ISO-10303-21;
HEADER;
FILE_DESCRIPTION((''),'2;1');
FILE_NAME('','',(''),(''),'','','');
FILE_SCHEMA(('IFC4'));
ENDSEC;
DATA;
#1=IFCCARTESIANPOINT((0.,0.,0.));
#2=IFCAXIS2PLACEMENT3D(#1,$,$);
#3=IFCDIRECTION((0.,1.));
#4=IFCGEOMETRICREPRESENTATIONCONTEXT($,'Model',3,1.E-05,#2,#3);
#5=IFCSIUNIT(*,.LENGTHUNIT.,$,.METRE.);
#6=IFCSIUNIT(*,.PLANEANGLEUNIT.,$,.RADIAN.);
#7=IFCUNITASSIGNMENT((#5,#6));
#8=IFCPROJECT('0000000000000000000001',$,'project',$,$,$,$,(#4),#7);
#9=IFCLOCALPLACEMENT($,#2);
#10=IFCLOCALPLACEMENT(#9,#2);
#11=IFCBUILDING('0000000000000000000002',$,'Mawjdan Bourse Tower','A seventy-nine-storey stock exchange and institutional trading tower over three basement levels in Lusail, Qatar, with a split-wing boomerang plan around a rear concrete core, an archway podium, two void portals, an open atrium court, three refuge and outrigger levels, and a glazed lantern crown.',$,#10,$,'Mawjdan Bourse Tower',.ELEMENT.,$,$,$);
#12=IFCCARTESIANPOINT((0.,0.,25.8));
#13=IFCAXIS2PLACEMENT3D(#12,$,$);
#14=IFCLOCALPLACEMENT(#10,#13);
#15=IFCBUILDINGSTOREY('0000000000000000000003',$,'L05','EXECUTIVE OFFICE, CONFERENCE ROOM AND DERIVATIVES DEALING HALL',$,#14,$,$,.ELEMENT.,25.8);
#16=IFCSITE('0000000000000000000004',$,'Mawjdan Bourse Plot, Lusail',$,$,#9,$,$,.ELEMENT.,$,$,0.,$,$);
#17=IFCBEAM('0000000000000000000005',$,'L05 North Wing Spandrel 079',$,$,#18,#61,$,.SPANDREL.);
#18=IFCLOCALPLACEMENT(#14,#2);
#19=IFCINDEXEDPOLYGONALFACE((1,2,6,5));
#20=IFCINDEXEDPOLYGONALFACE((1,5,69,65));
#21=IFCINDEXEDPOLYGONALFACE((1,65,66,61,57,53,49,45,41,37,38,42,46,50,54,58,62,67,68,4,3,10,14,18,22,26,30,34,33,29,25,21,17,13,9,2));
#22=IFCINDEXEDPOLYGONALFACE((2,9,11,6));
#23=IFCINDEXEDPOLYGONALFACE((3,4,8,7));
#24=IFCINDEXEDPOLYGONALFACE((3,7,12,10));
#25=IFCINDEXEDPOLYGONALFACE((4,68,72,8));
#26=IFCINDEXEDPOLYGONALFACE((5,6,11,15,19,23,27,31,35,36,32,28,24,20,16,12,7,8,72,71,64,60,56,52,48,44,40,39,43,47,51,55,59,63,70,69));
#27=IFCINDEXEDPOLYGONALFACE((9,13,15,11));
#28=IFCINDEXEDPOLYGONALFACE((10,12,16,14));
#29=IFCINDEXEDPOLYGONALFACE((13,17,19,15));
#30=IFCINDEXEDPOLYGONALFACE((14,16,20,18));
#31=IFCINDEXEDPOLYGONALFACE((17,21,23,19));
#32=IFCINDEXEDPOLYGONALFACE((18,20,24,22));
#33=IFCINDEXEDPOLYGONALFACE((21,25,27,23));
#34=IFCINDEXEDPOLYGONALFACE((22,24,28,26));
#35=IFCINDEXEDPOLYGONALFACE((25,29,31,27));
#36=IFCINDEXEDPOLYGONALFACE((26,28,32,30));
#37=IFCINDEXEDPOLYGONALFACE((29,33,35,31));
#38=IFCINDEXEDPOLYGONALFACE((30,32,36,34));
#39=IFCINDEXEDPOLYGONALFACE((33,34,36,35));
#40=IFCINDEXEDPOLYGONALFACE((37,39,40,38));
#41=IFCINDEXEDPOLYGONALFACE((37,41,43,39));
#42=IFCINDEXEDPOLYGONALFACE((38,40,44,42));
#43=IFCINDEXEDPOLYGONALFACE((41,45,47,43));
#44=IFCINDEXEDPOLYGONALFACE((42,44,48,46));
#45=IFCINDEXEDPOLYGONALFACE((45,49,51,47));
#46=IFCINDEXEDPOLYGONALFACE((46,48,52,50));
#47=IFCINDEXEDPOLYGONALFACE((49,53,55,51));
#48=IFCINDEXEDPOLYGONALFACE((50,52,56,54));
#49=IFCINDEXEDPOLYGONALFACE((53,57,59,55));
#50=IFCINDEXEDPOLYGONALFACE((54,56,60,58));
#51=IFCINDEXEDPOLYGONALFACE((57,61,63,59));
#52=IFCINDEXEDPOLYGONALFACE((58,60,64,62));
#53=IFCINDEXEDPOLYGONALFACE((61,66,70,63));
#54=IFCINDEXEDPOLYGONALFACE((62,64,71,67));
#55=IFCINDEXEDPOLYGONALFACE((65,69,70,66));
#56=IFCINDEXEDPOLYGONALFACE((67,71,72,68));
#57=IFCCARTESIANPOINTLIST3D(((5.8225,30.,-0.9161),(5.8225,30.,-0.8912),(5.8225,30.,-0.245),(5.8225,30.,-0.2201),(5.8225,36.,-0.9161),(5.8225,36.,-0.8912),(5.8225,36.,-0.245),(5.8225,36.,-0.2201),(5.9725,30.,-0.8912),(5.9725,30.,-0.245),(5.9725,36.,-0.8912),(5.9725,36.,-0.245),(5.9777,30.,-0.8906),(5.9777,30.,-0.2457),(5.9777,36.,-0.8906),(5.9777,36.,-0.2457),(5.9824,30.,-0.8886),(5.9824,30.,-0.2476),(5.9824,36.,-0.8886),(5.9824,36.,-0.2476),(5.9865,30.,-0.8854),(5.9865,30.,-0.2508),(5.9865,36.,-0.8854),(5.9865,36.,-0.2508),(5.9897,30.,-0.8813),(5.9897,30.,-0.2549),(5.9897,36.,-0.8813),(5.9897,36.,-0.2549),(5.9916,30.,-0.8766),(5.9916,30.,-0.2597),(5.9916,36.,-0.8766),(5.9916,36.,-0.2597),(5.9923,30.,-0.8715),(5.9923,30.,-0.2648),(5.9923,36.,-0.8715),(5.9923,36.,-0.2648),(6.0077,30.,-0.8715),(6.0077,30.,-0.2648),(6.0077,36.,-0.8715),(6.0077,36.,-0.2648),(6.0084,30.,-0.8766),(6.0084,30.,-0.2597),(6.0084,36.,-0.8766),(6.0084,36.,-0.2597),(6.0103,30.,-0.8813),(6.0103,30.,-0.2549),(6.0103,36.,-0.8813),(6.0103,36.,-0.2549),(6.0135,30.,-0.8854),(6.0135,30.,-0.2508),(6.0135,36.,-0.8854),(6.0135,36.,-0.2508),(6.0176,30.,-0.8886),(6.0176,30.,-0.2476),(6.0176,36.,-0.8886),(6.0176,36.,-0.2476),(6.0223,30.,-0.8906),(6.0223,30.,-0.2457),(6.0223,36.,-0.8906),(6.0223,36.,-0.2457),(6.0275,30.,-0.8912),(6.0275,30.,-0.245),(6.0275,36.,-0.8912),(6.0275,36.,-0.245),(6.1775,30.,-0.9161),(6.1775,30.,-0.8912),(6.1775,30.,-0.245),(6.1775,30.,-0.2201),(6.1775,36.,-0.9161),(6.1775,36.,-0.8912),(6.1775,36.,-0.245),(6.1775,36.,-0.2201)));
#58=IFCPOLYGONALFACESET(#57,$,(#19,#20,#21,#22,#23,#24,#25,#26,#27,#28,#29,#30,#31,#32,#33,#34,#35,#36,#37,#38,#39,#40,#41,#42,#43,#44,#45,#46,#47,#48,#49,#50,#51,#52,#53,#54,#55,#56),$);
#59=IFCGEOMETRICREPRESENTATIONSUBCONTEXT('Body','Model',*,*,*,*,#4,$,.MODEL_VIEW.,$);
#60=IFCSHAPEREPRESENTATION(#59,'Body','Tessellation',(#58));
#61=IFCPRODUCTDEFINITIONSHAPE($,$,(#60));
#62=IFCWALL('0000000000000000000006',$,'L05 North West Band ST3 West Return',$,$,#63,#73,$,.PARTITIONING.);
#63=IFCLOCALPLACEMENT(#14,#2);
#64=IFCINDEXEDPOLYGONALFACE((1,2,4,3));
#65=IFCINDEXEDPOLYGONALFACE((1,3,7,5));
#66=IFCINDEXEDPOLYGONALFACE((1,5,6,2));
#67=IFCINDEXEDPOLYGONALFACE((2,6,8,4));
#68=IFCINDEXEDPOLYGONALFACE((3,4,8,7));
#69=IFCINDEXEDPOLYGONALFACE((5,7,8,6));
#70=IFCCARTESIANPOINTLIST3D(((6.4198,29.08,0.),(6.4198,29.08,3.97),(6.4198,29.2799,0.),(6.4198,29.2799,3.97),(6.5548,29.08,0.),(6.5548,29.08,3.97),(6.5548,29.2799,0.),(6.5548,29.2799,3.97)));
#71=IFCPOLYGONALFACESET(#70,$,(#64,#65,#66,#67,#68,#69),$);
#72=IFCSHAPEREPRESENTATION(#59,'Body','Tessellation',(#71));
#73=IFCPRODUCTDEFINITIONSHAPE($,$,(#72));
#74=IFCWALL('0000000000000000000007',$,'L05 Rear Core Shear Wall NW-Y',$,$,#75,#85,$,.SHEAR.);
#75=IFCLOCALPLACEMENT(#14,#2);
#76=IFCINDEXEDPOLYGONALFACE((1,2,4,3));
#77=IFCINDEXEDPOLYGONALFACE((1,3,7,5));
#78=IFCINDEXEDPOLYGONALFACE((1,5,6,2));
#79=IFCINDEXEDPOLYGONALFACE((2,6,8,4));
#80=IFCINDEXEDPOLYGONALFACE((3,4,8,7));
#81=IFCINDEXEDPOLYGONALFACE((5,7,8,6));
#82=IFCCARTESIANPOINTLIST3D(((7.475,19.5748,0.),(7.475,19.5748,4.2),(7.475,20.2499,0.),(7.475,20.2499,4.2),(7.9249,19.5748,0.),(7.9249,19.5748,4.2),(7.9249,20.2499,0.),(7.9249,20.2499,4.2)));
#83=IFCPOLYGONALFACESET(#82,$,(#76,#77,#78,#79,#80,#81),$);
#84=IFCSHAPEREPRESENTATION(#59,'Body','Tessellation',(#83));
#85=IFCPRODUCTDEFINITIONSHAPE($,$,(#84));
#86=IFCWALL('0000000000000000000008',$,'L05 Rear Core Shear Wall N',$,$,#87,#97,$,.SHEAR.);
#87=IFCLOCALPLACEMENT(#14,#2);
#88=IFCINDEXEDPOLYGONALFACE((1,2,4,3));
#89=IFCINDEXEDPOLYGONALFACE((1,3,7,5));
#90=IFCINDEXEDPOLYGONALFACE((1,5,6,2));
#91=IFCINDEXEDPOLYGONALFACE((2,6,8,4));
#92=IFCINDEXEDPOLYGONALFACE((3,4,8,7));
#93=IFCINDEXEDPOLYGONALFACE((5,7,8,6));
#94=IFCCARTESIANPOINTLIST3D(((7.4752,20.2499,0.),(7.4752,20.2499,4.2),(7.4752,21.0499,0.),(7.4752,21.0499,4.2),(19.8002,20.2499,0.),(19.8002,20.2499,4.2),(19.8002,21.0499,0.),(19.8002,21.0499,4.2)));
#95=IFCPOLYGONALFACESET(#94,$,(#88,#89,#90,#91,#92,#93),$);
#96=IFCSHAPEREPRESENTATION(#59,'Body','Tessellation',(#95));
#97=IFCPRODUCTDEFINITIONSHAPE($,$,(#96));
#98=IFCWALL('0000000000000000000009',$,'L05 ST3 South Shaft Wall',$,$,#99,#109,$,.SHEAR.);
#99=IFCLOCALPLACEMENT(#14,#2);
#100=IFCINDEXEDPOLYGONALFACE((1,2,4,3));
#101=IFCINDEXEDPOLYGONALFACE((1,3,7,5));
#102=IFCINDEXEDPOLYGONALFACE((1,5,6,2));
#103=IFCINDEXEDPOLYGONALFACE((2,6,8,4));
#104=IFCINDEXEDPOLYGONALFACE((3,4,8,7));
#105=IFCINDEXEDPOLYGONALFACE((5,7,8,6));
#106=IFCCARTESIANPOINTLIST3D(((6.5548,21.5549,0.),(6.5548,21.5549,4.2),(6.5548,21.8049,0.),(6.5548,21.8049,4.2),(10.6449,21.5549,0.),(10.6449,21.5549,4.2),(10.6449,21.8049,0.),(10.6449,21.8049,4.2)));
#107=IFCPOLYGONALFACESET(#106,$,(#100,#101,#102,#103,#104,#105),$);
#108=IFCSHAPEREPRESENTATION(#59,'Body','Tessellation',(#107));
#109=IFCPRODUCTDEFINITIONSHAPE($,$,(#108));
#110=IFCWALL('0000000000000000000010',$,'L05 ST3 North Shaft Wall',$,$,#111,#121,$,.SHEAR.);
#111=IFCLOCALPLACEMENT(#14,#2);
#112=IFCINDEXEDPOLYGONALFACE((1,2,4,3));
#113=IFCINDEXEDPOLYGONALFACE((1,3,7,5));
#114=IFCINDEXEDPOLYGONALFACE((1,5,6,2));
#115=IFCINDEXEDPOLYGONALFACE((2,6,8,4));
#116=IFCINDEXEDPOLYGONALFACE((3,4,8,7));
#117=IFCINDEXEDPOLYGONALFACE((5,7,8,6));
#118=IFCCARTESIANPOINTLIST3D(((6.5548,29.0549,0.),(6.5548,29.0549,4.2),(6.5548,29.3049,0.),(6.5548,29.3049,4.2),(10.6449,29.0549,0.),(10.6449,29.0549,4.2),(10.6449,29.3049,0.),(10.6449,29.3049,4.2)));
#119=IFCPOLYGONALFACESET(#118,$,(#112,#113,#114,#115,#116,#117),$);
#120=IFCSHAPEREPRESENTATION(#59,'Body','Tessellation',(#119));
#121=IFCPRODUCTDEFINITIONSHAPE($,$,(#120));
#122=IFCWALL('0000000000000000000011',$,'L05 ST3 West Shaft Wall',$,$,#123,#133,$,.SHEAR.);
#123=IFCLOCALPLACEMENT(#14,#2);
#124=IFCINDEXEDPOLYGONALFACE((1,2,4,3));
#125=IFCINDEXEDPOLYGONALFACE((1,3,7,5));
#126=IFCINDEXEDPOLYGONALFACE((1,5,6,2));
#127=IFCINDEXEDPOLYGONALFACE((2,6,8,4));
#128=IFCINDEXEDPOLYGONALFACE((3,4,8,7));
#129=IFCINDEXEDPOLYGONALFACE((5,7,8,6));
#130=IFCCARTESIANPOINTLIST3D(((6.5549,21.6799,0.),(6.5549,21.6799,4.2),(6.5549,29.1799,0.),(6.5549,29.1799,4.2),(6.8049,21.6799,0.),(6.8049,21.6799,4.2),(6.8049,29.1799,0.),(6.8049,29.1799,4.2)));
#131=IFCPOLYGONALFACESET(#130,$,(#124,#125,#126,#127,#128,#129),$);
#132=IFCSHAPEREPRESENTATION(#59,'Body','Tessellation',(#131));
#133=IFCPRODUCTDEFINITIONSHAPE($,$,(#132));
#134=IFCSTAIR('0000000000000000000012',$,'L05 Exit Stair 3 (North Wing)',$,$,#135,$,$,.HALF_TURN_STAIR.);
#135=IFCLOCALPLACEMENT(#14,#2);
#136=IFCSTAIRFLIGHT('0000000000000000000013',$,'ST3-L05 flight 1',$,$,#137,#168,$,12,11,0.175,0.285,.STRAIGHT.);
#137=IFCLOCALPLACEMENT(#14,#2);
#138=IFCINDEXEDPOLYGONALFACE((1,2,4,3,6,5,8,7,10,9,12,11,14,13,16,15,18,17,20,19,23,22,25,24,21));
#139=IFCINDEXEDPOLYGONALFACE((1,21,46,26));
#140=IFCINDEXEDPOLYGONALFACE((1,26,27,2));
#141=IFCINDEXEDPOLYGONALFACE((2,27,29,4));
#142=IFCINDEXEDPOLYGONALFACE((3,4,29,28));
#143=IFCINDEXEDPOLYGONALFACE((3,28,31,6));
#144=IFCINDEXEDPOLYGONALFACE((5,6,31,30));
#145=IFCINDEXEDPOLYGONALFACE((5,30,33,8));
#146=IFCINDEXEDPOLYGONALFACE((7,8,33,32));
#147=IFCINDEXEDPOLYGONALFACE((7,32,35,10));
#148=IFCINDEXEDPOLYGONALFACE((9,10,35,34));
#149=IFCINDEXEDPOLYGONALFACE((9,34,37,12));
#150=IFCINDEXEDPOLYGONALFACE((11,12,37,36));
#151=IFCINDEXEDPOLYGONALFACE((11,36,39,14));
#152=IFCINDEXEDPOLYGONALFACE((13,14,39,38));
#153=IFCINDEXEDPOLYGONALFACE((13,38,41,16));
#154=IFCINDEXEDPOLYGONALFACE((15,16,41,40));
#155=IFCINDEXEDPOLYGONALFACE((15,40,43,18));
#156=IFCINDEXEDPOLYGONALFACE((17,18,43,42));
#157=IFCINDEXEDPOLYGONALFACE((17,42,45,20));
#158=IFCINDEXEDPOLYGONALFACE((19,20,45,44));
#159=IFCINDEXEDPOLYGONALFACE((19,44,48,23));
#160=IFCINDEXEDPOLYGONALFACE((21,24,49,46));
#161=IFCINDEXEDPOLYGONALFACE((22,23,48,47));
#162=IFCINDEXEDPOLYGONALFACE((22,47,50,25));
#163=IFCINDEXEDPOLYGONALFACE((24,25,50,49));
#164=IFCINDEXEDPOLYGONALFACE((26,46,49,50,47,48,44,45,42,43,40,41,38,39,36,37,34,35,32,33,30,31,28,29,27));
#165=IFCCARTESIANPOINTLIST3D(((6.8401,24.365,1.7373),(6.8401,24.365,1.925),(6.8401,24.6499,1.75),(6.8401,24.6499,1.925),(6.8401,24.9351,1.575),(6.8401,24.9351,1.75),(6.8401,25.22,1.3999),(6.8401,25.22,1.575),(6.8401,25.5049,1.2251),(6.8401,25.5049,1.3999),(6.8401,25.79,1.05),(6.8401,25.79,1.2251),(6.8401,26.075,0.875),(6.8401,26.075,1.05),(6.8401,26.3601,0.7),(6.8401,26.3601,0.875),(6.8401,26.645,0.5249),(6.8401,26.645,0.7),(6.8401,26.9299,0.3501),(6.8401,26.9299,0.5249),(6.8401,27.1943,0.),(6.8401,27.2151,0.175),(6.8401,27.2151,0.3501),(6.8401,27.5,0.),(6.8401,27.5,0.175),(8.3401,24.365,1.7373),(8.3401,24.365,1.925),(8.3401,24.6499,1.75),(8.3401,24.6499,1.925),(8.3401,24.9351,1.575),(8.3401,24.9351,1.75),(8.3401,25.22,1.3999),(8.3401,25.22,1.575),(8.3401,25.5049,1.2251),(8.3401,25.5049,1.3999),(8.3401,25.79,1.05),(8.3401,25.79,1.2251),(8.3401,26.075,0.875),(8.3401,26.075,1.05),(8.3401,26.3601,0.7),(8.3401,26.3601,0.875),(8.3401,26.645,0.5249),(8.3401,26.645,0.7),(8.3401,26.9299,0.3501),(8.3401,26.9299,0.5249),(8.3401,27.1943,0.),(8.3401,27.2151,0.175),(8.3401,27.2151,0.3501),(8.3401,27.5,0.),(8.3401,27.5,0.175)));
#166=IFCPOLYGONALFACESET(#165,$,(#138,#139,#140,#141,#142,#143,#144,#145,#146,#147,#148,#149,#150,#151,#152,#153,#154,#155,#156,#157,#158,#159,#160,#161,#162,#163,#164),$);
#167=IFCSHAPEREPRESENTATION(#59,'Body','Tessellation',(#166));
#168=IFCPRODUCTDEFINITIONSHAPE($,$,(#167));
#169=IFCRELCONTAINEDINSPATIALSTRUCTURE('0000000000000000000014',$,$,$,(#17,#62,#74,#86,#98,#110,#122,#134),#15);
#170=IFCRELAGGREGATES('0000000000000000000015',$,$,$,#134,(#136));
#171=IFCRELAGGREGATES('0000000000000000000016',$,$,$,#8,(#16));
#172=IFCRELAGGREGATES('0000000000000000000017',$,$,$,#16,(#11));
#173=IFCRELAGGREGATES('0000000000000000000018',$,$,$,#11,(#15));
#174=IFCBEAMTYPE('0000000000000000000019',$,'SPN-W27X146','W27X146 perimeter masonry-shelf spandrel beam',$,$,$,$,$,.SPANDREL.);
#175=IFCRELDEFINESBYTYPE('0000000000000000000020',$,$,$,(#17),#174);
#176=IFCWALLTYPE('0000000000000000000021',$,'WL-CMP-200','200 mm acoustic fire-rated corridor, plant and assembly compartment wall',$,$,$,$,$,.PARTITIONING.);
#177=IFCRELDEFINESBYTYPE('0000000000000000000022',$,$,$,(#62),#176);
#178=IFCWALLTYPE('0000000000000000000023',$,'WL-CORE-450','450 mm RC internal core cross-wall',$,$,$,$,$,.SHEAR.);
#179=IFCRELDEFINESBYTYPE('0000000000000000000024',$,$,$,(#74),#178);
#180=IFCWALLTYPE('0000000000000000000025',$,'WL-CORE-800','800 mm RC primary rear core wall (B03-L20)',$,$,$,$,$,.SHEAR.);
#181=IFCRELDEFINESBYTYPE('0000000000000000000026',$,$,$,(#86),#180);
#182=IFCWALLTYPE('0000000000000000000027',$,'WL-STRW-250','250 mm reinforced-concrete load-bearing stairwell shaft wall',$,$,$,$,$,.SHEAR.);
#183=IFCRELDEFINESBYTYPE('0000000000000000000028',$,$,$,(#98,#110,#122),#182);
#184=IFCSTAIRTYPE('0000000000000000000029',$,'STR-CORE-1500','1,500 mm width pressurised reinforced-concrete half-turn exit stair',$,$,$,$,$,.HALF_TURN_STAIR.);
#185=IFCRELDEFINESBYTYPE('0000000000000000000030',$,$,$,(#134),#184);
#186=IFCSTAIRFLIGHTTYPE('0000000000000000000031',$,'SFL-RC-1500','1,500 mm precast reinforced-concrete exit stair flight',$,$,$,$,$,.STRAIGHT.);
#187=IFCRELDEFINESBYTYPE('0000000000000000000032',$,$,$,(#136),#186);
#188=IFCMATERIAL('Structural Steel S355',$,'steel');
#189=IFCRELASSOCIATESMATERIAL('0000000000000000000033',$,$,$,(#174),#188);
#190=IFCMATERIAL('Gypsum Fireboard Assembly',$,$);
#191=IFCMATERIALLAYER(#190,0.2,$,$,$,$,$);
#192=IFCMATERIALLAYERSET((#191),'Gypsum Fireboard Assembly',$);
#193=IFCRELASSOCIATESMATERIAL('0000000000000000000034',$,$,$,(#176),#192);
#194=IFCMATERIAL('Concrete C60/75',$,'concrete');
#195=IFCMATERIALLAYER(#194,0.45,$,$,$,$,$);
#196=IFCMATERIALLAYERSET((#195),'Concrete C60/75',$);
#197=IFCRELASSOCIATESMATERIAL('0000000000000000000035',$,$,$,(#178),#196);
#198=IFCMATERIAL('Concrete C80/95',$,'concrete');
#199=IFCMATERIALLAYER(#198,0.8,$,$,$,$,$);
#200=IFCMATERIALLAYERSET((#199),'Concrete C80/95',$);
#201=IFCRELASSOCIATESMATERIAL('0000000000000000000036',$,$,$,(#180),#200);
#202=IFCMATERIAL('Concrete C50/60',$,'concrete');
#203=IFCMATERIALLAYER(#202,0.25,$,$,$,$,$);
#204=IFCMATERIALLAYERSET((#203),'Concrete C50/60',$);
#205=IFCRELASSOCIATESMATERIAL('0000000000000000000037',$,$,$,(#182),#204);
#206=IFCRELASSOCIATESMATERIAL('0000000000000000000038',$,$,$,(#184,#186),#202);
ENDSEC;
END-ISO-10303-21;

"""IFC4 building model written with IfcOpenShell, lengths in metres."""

from ifc_helpers import new_model, si_unit, direction, frame, frame_2d, origin, origin_2d, place, context, subcontext, project, spatial, polyline, rectangle, i_section, outline, extrude, material, layer, layer_set, material_profile, profile_set, type_object, element, aggregate, save


model = new_model("IFC4")

# Units and contexts
model_context = context("Model", 3, precision=1e-05, world=origin(), true_north=direction((0.0, 1.0)))
body_context = subcontext(model_context, "Body", "Model", "MODEL_VIEW")
ifc_project = project(units=[si_unit("LENGTHUNIT", "METRE"), si_unit("PLANEANGLEUNIT", "RADIAN")], contexts=[model_context])

# Site, building, storey
site_placement = place(None, origin())
site = spatial("IfcSite", under=ifc_project, at=site_placement, Name="Mawjdan Bourse Plot, Lusail", CompositionType="ELEMENT", RefElevation=0.0)
building_placement = place(site_placement, origin())
building = spatial("IfcBuilding", under=site, at=building_placement, Name="Mawjdan Bourse Tower", Description="A seventy-nine-storey stock exchange and institutional trading tower over three basement levels in Lusail, Qatar, with a split-wing boomerang plan around a rear concrete core, an archway podium, two void portals, an open atrium court, three refuge and outrigger levels, and a glazed lantern crown.", LongName="Mawjdan Bourse Tower", CompositionType="ELEMENT")
storey_placement = place(building_placement, frame((0.0, 0.0, 25.8)))
storey = spatial("IfcBuildingStorey", under=building, at=storey_placement, Name="L05", Description="EXECUTIVE OFFICE, CONFERENCE ROOM AND DERIVATIVES DEALING HALL", CompositionType="ELEMENT", Elevation=25.8)

# Shared definitions
ifc_material_1 = material(Name="Concrete C80/95", Category="concrete")

# Beam
ifc_material_2 = material(Name="Structural Steel S355", Category="steel")
ifc_material_profile_1 = material_profile(ifc_material_2, i_section(OverallWidth=0.355, OverallDepth=0.696, WebThickness=0.0154, FlangeThickness=0.0249, FilletRadius=0.0198, at=origin_2d()), Name="W27X146")
ifc_profile_set_1 = profile_set([ifc_material_profile_1], Name="Structural Steel S355")
beam_type_1 = type_object("IfcBeamType", Name="SPN-W27X146", Description="W27X146 perimeter masonry-shelf spandrel beam", PredefinedType="SPANDREL", material=ifc_profile_set_1)
for number, where, z_axis, x_axis, name in (
    (1, (6.0, 30.0, -0.5681), (0.0, 1.0, 0.0), (-1.0, 0.0, 0.0), "L05 North Wing Spandrel 079"),
):
    element("IfcBeam", number, at=place(storey_placement, frame(where, z_axis=z_axis, x_axis=x_axis)), inside=storey, type_object=beam_type_1, Name=name, PredefinedType="SPANDREL", context=body_context, shape_type="SweptSolid", body=[
        extrude(i_section(OverallWidth=0.355, OverallDepth=0.696, WebThickness=0.0154, FlangeThickness=0.0249, FilletRadius=0.0198, at=origin_2d()), origin(), (0.0, 0.0, 1.0), 6.0),
    ])

# Walls
ifc_material_3 = material(Name="Gypsum Fireboard Assembly")
ifc_layer_1 = layer(ifc_material_3, 0.2)
ifc_layer_set_1 = layer_set([ifc_layer_1], Name="Gypsum Fireboard Assembly")
wall_type_1 = type_object("IfcWallType", Name="WL-CMP-200", Description="200 mm acoustic fire-rated corridor, plant and assembly compartment wall", PredefinedType="PARTITIONING", material=ifc_layer_set_1)
wall_1_placement = place(storey_placement, frame((6.4199, 29.1799, 0.0), z_axis=(0.0, 0.0, 1.0), x_axis=(1.0, 0.0, 0.0)))
element("IfcWall", 2, at=wall_1_placement, inside=storey, type_object=wall_type_1, Name="L05 North West Band ST3 West Return", PredefinedType="PARTITIONING", context=body_context, shape_type="SweptSolid", body=[
    extrude(rectangle(XDim=0.135, YDim=0.2, at=frame_2d((0.0674, 0.0))), origin(), (0.0, 0.0, 1.0), 3.97),
])
ifc_material_4 = material(Name="Concrete C60/75", Category="concrete")
ifc_layer_2 = layer(ifc_material_4, 0.45)
ifc_layer_set_2 = layer_set([ifc_layer_2], Name="Concrete C60/75")
wall_type_2 = type_object("IfcWallType", Name="WL-CORE-450", Description="450 mm RC internal core cross-wall", PredefinedType="SHEAR", material=ifc_layer_set_2)
wall_2_placement = place(storey_placement, frame((7.7, 19.575, 0.0), z_axis=(0.0, 0.0, 1.0), x_axis=(0.0, 1.0, 0.0)))
element("IfcWall", 3, at=wall_2_placement, inside=storey, type_object=wall_type_2, Name="L05 Rear Core Shear Wall NW-Y", PredefinedType="SHEAR", context=body_context, shape_type="SweptSolid", body=[
    extrude(rectangle(XDim=0.675, YDim=0.45, at=frame_2d((0.3374, 0.0))), origin(), (0.0, 0.0, 1.0), 4.2),
])
ifc_layer_3 = layer(ifc_material_1, 0.8)
ifc_layer_set_3 = layer_set([ifc_layer_3], Name="Concrete C80/95")
wall_type_3 = type_object("IfcWallType", Name="WL-CORE-800", Description="800 mm RC primary rear core wall (B03-L20)", PredefinedType="SHEAR", material=ifc_layer_set_3)
wall_3_placement = place(storey_placement, frame((7.4751, 20.6499, 0.0), z_axis=(0.0, 0.0, 1.0), x_axis=(1.0, 0.0, 0.0)))
element("IfcWall", 4, at=wall_3_placement, inside=storey, type_object=wall_type_3, Name="L05 Rear Core Shear Wall N", PredefinedType="SHEAR", context=body_context, shape_type="SweptSolid", body=[
    extrude(rectangle(XDim=12.325, YDim=0.8, at=frame_2d((6.1626, 0.0))), origin(), (0.0, 0.0, 1.0), 4.2),
])
ifc_material_5 = material(Name="Concrete C50/60", Category="concrete")
ifc_layer_4 = layer(ifc_material_5, 0.25)
ifc_layer_set_4 = layer_set([ifc_layer_4], Name="Concrete C50/60")
wall_type_4 = type_object("IfcWallType", Name="WL-STRW-250", Description="250 mm reinforced-concrete load-bearing stairwell shaft wall", PredefinedType="SHEAR", material=ifc_layer_set_4)
for number, where, z_axis, x_axis, name in (
    (5, (6.5549, 21.6799, 0.0), (0.0, 0.0, 1.0), (1.0, 0.0, 0.0), "L05 ST3 South Shaft Wall"),
    (6, (6.5549, 29.1799, 0.0), (0.0, 0.0, 1.0), (1.0, 0.0, 0.0), "L05 ST3 North Shaft Wall"),
):
    element("IfcWall", number, at=place(storey_placement, frame(where, z_axis=z_axis, x_axis=x_axis)), inside=storey, type_object=wall_type_4, Name=name, PredefinedType="SHEAR", context=body_context, shape_type="SweptSolid", body=[
        extrude(rectangle(XDim=4.0901, YDim=0.25, at=frame_2d((2.0449, 0.0))), origin(), (0.0, 0.0, 1.0), 4.2),
    ])
wall_4_placement = place(storey_placement, frame((6.6799, 21.6799, 0.0), z_axis=(0.0, 0.0, 1.0), x_axis=(0.0, 1.0, 0.0)))
element("IfcWall", 7, at=wall_4_placement, inside=storey, type_object=wall_type_4, Name="L05 ST3 West Shaft Wall", PredefinedType="SHEAR", context=body_context, shape_type="SweptSolid", body=[
    extrude(rectangle(XDim=7.5, YDim=0.25, at=frame_2d((3.75, 0.0))), origin(), (0.0, 0.0, 1.0), 4.2),
])

# Stair, stair flight
stair_type = type_object("IfcStairType", Name="STR-CORE-1500", Description="1,500 mm width pressurised reinforced-concrete half-turn exit stair", PredefinedType="HALF_TURN_STAIR", material=ifc_material_5)
stair_placement = place(storey_placement, origin())
stair = element("IfcStair", 8, at=stair_placement, inside=storey, type_object=stair_type, Name="L05 Exit Stair 3 (North Wing)", PredefinedType="HALF_TURN_STAIR")
stair_flight_type = type_object("IfcStairFlightType", Name="SFL-RC-1500", Description="1,500 mm precast reinforced-concrete exit stair flight", PredefinedType="STRAIGHT", material=ifc_material_5)
stair_flight_1_placement = place(storey_placement, frame((7.5901, 27.5, 0.0), z_axis=(0.0, 0.0, 1.0), x_axis=(0.0, -1.0, 0.0)))
stair_flight_1 = element("IfcStairFlight", 9, at=stair_flight_1_placement, type_object=stair_flight_type, Name="ST3-L05 flight 1", NumberOfRisers=12, NumberOfTreads=11, PredefinedType="STRAIGHT", RiserHeight=0.175, TreadLength=0.285, context=body_context, shape_type="SweptSolid", body=[
    extrude(outline(polyline([(0.0, 0.0), (0.0, 0.175), (0.2849, 0.175), (0.2849, 0.3501), (0.5701, 0.3501), (0.5701, 0.5249), (0.855, 0.5249), (0.855, 0.7), (1.1399, 0.7), (1.1399, 0.875), (1.425, 0.875), (1.425, 1.05), (1.71, 1.05), (1.71, 1.2251), (1.9951, 1.2251), (1.9951, 1.3999), (2.28, 1.3999), (2.28, 1.575), (2.5649, 1.575), (2.5649, 1.75), (2.8501, 1.75), (2.8501, 1.925), (3.135, 1.925), (3.135, 2.1001), (3.135, 1.7373), (0.3057, 0.0), (0.0, 0.0)])), frame((0.0, 0.75, 0.0), z_axis=(0.0, -1.0, 0.0), x_axis=(1.0, 0.0, 0.0)), (0.0, 0.0, 1.0), 1.5),
])
aggregate(stair, [stair_flight_1])

save(model, "model.ifc")
